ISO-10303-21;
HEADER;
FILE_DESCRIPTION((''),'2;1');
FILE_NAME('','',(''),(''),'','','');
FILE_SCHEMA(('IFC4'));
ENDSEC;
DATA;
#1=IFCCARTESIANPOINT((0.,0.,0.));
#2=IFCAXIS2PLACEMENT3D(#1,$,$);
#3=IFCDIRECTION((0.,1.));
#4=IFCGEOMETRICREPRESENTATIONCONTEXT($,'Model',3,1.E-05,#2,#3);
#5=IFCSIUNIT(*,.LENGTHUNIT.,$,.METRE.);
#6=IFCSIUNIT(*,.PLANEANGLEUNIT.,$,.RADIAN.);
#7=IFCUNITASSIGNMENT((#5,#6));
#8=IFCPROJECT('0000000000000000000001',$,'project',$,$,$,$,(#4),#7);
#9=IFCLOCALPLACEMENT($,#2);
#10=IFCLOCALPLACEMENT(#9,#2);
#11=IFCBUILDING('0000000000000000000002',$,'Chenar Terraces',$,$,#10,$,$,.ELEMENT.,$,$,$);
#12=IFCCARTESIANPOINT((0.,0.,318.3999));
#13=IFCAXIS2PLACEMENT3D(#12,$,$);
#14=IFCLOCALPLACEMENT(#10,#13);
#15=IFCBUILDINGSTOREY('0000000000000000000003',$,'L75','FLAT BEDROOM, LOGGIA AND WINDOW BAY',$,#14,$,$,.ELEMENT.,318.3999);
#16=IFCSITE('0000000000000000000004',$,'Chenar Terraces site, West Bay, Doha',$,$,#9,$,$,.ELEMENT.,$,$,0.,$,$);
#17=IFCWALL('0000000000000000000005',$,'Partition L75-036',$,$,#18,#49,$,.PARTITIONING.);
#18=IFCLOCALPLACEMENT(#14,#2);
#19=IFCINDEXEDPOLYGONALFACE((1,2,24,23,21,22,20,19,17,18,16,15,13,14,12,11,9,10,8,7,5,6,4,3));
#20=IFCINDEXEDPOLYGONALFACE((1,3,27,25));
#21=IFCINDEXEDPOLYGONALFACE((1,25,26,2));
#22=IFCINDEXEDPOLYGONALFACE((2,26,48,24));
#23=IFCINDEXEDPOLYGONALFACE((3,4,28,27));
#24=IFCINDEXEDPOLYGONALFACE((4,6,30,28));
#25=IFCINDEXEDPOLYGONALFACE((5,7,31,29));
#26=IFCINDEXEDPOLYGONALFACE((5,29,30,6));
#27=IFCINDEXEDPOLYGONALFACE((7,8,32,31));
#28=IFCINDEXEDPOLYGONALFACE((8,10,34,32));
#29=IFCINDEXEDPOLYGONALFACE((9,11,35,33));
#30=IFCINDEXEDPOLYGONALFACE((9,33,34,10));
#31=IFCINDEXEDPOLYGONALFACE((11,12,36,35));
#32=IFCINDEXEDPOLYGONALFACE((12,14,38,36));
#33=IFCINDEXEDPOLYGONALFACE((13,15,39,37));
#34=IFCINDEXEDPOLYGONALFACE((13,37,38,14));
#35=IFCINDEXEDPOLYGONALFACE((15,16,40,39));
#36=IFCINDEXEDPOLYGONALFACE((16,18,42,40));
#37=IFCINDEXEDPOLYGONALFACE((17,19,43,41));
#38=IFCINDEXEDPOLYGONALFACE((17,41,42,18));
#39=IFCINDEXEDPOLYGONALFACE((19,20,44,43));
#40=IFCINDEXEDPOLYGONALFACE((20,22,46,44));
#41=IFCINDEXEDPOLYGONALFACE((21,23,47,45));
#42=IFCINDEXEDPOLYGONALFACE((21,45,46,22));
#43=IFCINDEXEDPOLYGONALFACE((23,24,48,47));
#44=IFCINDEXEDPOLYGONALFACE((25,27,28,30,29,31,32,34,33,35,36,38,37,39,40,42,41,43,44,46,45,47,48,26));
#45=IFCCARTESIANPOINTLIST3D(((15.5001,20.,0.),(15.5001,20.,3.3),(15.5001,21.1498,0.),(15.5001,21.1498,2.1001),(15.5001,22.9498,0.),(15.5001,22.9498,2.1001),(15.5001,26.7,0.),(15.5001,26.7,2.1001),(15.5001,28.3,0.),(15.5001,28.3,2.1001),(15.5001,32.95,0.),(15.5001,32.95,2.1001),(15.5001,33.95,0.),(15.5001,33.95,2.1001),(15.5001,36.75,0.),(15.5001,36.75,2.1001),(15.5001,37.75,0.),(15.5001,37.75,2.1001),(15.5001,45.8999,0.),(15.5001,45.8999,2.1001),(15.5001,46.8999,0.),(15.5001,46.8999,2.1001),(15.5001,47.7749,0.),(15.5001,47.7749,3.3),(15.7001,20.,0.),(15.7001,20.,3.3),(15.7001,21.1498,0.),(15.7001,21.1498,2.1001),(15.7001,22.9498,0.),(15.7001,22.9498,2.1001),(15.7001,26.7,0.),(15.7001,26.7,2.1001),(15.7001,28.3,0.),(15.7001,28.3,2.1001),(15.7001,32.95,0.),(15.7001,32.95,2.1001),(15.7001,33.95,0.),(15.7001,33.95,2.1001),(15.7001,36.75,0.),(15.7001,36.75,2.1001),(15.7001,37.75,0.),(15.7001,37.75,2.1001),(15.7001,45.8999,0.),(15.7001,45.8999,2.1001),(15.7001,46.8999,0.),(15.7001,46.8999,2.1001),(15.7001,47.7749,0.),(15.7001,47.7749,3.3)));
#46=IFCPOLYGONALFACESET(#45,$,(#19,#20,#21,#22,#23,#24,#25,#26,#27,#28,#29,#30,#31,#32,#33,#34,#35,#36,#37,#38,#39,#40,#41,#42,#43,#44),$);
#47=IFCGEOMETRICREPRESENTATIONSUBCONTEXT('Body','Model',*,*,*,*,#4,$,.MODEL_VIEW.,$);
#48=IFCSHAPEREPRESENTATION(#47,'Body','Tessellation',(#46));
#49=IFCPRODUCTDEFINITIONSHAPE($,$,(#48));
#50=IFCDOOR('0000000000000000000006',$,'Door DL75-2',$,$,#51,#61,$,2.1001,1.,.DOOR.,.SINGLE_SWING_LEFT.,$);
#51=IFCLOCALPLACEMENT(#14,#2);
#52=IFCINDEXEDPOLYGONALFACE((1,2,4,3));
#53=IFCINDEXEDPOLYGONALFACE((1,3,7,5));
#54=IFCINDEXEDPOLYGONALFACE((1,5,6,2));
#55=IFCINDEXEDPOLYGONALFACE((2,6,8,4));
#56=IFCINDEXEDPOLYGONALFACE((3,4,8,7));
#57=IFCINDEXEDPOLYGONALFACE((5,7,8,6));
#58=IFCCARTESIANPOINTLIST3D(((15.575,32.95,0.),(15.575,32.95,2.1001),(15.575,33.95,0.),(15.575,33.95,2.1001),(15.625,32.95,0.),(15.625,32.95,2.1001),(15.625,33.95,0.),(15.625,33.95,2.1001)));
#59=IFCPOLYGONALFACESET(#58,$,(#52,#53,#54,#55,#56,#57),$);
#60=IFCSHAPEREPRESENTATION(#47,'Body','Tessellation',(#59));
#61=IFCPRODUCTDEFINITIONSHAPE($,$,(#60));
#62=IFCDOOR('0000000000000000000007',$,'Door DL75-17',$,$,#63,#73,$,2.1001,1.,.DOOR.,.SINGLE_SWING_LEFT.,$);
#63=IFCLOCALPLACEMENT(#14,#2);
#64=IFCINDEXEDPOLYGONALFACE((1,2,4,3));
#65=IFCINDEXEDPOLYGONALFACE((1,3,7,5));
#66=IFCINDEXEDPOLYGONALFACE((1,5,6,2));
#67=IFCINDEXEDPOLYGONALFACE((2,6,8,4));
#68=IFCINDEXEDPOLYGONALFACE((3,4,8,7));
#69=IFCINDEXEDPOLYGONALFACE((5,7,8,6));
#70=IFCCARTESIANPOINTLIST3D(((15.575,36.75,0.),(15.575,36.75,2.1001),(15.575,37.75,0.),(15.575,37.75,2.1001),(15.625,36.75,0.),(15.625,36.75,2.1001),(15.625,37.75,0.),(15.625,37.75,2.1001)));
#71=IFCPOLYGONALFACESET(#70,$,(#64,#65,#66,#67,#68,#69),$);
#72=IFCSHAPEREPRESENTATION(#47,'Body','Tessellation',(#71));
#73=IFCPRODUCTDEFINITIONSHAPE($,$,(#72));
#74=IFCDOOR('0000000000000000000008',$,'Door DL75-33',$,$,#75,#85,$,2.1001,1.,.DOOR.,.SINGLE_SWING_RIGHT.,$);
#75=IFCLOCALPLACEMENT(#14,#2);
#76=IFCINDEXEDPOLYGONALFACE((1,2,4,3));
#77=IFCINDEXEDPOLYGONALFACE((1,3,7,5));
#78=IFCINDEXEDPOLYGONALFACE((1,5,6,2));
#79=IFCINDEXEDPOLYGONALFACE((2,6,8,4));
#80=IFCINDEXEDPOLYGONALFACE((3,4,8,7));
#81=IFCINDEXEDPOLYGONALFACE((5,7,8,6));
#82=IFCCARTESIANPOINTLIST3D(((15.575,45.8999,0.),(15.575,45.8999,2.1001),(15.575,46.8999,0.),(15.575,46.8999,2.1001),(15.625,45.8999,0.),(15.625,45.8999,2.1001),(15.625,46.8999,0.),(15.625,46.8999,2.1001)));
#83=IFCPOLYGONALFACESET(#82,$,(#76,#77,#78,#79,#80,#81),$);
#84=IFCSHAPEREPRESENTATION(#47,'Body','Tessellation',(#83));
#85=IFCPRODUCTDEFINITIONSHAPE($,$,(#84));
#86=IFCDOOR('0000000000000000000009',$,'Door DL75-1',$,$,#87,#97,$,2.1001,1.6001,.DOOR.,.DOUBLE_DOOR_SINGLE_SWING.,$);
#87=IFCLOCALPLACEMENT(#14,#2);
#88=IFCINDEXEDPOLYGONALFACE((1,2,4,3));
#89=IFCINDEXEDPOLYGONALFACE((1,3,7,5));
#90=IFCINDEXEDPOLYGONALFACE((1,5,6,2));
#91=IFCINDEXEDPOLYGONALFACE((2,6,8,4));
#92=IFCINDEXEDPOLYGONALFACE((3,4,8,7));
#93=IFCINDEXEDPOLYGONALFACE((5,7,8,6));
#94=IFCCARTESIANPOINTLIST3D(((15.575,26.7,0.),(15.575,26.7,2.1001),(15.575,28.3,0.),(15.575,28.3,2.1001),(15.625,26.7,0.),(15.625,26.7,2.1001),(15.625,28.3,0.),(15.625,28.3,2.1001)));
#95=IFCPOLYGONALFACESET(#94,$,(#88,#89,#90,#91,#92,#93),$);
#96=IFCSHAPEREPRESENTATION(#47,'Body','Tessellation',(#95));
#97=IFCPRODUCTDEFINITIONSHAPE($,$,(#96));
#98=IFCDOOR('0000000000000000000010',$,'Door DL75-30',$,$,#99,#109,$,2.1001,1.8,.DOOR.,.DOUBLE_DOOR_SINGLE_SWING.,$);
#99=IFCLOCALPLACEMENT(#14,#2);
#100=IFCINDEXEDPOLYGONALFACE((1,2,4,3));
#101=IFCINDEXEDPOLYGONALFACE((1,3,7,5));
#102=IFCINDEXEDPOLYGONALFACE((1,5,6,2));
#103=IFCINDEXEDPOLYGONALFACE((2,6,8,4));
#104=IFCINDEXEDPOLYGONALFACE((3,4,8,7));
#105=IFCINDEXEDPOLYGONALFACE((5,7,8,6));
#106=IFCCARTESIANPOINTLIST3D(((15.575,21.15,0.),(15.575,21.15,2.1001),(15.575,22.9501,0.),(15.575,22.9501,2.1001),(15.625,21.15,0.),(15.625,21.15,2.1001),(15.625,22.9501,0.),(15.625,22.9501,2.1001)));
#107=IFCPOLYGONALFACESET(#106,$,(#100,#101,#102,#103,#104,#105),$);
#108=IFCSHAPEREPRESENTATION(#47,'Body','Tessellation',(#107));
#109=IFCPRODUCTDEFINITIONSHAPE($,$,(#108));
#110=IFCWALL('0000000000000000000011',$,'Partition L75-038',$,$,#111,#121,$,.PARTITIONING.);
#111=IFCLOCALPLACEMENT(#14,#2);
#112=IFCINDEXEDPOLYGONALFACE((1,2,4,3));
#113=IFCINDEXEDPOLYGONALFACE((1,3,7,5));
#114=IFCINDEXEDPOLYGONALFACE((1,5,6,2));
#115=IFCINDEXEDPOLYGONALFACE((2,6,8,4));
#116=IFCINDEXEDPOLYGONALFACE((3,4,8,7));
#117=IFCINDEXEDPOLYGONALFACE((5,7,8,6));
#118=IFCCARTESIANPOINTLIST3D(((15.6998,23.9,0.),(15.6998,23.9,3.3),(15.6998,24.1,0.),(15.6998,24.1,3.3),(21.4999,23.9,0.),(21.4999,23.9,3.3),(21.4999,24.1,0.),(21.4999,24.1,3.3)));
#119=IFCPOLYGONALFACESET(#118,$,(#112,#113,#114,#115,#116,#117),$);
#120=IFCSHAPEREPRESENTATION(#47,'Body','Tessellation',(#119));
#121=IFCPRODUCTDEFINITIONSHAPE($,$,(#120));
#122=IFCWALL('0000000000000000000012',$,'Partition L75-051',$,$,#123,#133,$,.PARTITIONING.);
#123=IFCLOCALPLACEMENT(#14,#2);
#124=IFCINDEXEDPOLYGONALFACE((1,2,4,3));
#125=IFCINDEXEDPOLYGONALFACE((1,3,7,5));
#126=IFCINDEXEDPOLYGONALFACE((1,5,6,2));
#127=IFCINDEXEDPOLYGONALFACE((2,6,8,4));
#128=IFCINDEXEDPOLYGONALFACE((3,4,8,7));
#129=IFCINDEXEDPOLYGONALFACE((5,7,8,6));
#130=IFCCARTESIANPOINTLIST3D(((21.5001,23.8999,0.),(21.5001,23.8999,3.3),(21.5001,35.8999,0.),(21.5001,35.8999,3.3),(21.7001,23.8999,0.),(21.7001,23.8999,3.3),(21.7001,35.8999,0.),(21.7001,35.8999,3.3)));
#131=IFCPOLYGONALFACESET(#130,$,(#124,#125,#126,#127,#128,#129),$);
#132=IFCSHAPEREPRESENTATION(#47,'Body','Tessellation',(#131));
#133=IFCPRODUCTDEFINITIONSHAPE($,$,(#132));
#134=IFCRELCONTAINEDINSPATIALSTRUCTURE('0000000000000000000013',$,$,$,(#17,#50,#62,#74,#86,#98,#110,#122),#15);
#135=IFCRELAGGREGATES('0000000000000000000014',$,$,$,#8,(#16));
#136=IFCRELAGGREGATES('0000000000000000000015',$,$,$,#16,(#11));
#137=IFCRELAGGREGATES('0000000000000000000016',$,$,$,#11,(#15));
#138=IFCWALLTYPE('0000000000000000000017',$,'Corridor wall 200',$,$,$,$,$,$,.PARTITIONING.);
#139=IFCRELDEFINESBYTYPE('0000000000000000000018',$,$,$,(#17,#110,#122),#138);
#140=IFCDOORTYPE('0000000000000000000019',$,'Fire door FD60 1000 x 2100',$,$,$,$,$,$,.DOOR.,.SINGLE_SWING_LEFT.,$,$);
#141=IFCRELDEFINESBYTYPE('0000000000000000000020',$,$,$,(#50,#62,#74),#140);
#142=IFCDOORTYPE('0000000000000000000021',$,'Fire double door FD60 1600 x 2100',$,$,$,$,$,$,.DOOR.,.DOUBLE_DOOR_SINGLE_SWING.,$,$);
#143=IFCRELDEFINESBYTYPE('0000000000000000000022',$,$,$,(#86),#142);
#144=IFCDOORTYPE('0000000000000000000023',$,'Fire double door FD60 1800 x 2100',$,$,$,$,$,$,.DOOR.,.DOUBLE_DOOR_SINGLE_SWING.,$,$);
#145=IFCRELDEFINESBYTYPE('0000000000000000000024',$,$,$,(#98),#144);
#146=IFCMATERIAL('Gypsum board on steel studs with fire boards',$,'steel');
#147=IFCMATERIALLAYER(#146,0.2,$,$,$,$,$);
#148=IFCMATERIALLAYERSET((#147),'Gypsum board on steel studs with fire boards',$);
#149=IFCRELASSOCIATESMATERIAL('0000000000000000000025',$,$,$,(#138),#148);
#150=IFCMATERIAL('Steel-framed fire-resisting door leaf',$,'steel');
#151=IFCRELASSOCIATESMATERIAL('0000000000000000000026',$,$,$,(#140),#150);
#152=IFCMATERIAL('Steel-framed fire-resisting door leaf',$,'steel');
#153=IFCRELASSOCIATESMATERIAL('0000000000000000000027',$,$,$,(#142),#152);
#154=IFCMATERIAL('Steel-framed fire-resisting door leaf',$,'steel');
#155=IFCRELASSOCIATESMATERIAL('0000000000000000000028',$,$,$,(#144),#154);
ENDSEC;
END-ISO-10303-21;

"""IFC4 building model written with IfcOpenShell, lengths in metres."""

from ifc_helpers import new_model, si_unit, direction, frame, frame_2d, origin, place, context, subcontext, project, spatial, rectangle, extrude, material, layer, layer_set, type_object, element, fill, save


model = new_model("IFC4")

# Units and contexts
model_context = context("Model", 3, precision=1e-05, world=origin(), true_north=direction((0.0, 1.0)))
body_context = subcontext(model_context, "Body", "Model", "MODEL_VIEW")
ifc_project = project(units=[si_unit("LENGTHUNIT", "METRE"), si_unit("PLANEANGLEUNIT", "RADIAN")], contexts=[model_context])

# Site, building, storey
site_placement = place(None, origin())
site = spatial("IfcSite", under=ifc_project, at=site_placement, Name="Chenar Terraces site, West Bay, Doha", CompositionType="ELEMENT", RefElevation=0.0)
building_placement = place(site_placement, origin())
building = spatial("IfcBuilding", under=site, at=building_placement, Name="Chenar Terraces", CompositionType="ELEMENT")
storey_placement = place(building_placement, frame((0.0, 0.0, 318.3999)))
storey = spatial("IfcBuildingStorey", under=building, at=storey_placement, Name="L75", Description="FLAT BEDROOM, LOGGIA AND WINDOW BAY", CompositionType="ELEMENT", Elevation=318.3999)

# Wall, openings, doors
ifc_material_1 = material(Name="Gypsum board on steel studs with fire boards", Category="steel")
ifc_layer_1 = layer(ifc_material_1, 0.2)
ifc_layer_set_1 = layer_set([ifc_layer_1], Name="Gypsum board on steel studs with fire boards")
wall_type_1 = type_object("IfcWallType", Name="Corridor wall 200", PredefinedType="PARTITIONING", material=ifc_layer_set_1)
wall_1_placement = place(storey_placement, frame((15.6001, 20.0, 0.0), z_axis=(0.0, 0.0, 1.0), x_axis=(0.0, 1.0, 0.0)))
wall_1 = element("IfcWall", 1, at=wall_1_placement, inside=storey, type_object=wall_type_1, Name="Partition L75-036", PredefinedType="PARTITIONING", context=body_context, shape_type="SweptSolid", body=[
    extrude(rectangle(XDim=27.7749, YDim=0.2, at=frame_2d((13.8875, 0.0))), origin(), (0.0, 0.0, 1.0), 3.3),
])
opening_1_placement = place(wall_1_placement, frame((6.7, 0.0, 0.0)))
opening_1 = element("IfcOpeningElement", 2, at=opening_1_placement, cuts=wall_1, PredefinedType="OPENING", context=body_context, shape_type="SweptSolid", body=[
    extrude(rectangle(XDim=1.6001, YDim=2.1001, at=frame_2d((0.8, 1.05))), frame((0.0, 0.1099, 0.0), z_axis=(0.0, -1.0, 0.0), x_axis=(1.0, 0.0, 0.0)), (0.0, 0.0, 1.0), 0.22),
])
opening_2_placement = place(wall_1_placement, frame((12.95, 0.0, 0.0)))
opening_2 = element("IfcOpeningElement", 3, at=opening_2_placement, cuts=wall_1, PredefinedType="OPENING", context=body_context, shape_type="SweptSolid", body=[
    extrude(rectangle(XDim=1.0, YDim=2.1001, at=frame_2d((0.5, 1.05))), frame((0.0, 0.1099, 0.0), z_axis=(0.0, -1.0, 0.0), x_axis=(1.0, 0.0, 0.0)), (0.0, 0.0, 1.0), 0.22),
])
opening_3_placement = place(wall_1_placement, frame((16.75, 0.0, 0.0)))
opening_3 = element("IfcOpeningElement", 4, at=opening_3_placement, cuts=wall_1, PredefinedType="OPENING", context=body_context, shape_type="SweptSolid", body=[
    extrude(rectangle(XDim=1.0, YDim=2.1001, at=frame_2d((0.5, 1.05))), frame((0.0, 0.1099, 0.0), z_axis=(0.0, -1.0, 0.0), x_axis=(1.0, 0.0, 0.0)), (0.0, 0.0, 1.0), 0.22),
])
opening_4_placement = place(wall_1_placement, frame((1.1499, 0.0, 0.0)))
opening_4 = element("IfcOpeningElement", 5, at=opening_4_placement, cuts=wall_1, PredefinedType="OPENING", context=body_context, shape_type="SweptSolid", body=[
    extrude(rectangle(XDim=1.8, YDim=2.1001, at=frame_2d((0.8999, 1.05))), frame((0.0, 0.1099, 0.0), z_axis=(0.0, -1.0, 0.0), x_axis=(1.0, 0.0, 0.0)), (0.0, 0.0, 1.0), 0.22),
])
opening_5_placement = place(wall_1_placement, frame((25.8999, 0.0, 0.0)))
opening_5 = element("IfcOpeningElement", 6, at=opening_5_placement, cuts=wall_1, PredefinedType="OPENING", context=body_context, shape_type="SweptSolid", body=[
    extrude(rectangle(XDim=1.0, YDim=2.1001, at=frame_2d((0.5, 1.05))), frame((0.0, 0.1099, 0.0), z_axis=(0.0, -1.0, 0.0), x_axis=(1.0, 0.0, 0.0)), (0.0, 0.0, 1.0), 0.22),
])
ifc_material_2 = material(Name="Steel-framed fire-resisting door leaf", Category="steel")
door_type_1 = type_object("IfcDoorType", Name="Fire door FD60 1000 x 2100", OperationType="SINGLE_SWING_LEFT", PredefinedType="DOOR", material=ifc_material_2)
door_1_placement = place(opening_2_placement, frame((1.0, 0.0, 0.0), z_axis=(0.0, 0.0, 1.0), x_axis=(-1.0, 0.0, 0.0)))
door_1 = element("IfcDoor", 7, at=door_1_placement, inside=storey, type_object=door_type_1, Name="Door DL75-2", OperationType="SINGLE_SWING_LEFT", OverallHeight=2.1001, OverallWidth=1.0, PredefinedType="DOOR", context=body_context, shape_type="SweptSolid", body=[
    extrude(rectangle(XDim=1.0, YDim=2.1001, at=frame_2d((0.5, 1.05))), frame((0.0, 0.0249, 0.0), z_axis=(0.0, -1.0, 0.0), x_axis=(1.0, 0.0, 0.0)), (0.0, 0.0, 1.0), 0.05),
])
fill(opening_2, door_1)
door_2_placement = place(opening_3_placement, frame((1.0, 0.0, 0.0), z_axis=(0.0, 0.0, 1.0), x_axis=(-1.0, 0.0, 0.0)))
door_2 = element("IfcDoor", 8, at=door_2_placement, inside=storey, type_object=door_type_1, Name="Door DL75-17", OperationType="SINGLE_SWING_LEFT", OverallHeight=2.1001, OverallWidth=1.0, PredefinedType="DOOR", context=body_context, shape_type="SweptSolid", body=[
    extrude(rectangle(XDim=1.0, YDim=2.1001, at=frame_2d((0.5, 1.05))), frame((0.0, 0.0249, 0.0), z_axis=(0.0, -1.0, 0.0), x_axis=(1.0, 0.0, 0.0)), (0.0, 0.0, 1.0), 0.05),
])
fill(opening_3, door_2)
door_3_placement = place(opening_5_placement, frame((1.0, 0.0, 0.0), z_axis=(0.0, 0.0, 1.0), x_axis=(-1.0, 0.0, 0.0)))
door_3 = element("IfcDoor", 9, at=door_3_placement, inside=storey, type_object=door_type_1, Name="Door DL75-33", OperationType="SINGLE_SWING_RIGHT", OverallHeight=2.1001, OverallWidth=1.0, PredefinedType="DOOR", context=body_context, shape_type="SweptSolid", body=[
    extrude(rectangle(XDim=1.0, YDim=2.1001, at=frame_2d((0.5, 1.05))), frame((0.0, 0.0249, 0.0), z_axis=(0.0, -1.0, 0.0), x_axis=(1.0, 0.0, 0.0)), (0.0, 0.0, 1.0), 0.05),
])
fill(opening_5, door_3)
ifc_material_3 = material(Name="Steel-framed fire-resisting door leaf", Category="steel")
door_type_2 = type_object("IfcDoorType", Name="Fire double door FD60 1600 x 2100", OperationType="DOUBLE_DOOR_SINGLE_SWING", PredefinedType="DOOR", material=ifc_material_3)
door_4_placement = place(opening_1_placement, frame((1.6001, 0.0, 0.0), z_axis=(0.0, 0.0, 1.0), x_axis=(-1.0, 0.0, 0.0)))
door_4 = element("IfcDoor", 10, at=door_4_placement, inside=storey, type_object=door_type_2, Name="Door DL75-1", OperationType="DOUBLE_DOOR_SINGLE_SWING", OverallHeight=2.1001, OverallWidth=1.6001, PredefinedType="DOOR", context=body_context, shape_type="SweptSolid", body=[
    extrude(rectangle(XDim=1.6001, YDim=2.1001, at=frame_2d((0.8, 1.05))), frame((0.0, 0.0249, 0.0), z_axis=(0.0, -1.0, 0.0), x_axis=(1.0, 0.0, 0.0)), (0.0, 0.0, 1.0), 0.05),
])
fill(opening_1, door_4)
ifc_material_4 = material(Name="Steel-framed fire-resisting door leaf", Category="steel")
door_type_3 = type_object("IfcDoorType", Name="Fire double door FD60 1800 x 2100", OperationType="DOUBLE_DOOR_SINGLE_SWING", PredefinedType="DOOR", material=ifc_material_4)
door_5_placement = place(opening_4_placement, frame((1.8, 0.0, 0.0), z_axis=(0.0, 0.0, 1.0), x_axis=(-1.0, 0.0, 0.0)))
door_5 = element("IfcDoor", 11, at=door_5_placement, inside=storey, type_object=door_type_3, Name="Door DL75-30", OperationType="DOUBLE_DOOR_SINGLE_SWING", OverallHeight=2.1001, OverallWidth=1.8, PredefinedType="DOOR", context=body_context, shape_type="SweptSolid", body=[
    extrude(rectangle(XDim=1.8, YDim=2.1001, at=frame_2d((0.8999, 1.05))), frame((0.0, 0.0249, 0.0), z_axis=(0.0, -1.0, 0.0), x_axis=(1.0, 0.0, 0.0)), (0.0, 0.0, 1.0), 0.05),
])
fill(opening_4, door_5)

# Walls
wall_2_placement = place(storey_placement, frame((15.7, 24.0, 0.0), z_axis=(0.0, 0.0, 1.0), x_axis=(1.0, 0.0, 0.0)))
element("IfcWall", 12, at=wall_2_placement, inside=storey, type_object=wall_type_1, Name="Partition L75-038", PredefinedType="PARTITIONING", context=body_context, shape_type="SweptSolid", body=[
    extrude(rectangle(XDim=5.8, YDim=0.2, at=frame_2d((2.8999, 0.0))), origin(), (0.0, 0.0, 1.0), 3.3),
])
wall_3_placement = place(storey_placement, frame((21.6001, 23.8999, 0.0), z_axis=(0.0, 0.0, 1.0), x_axis=(0.0, 1.0, 0.0)))
element("IfcWall", 13, at=wall_3_placement, inside=storey, type_object=wall_type_1, Name="Partition L75-051", PredefinedType="PARTITIONING", context=body_context, shape_type="SweptSolid", body=[
    extrude(rectangle(XDim=12.0, YDim=0.2, at=frame_2d((6.0, 0.0))), origin(), (0.0, 0.0, 1.0), 3.3),
])

save(model, "model.ifc")
